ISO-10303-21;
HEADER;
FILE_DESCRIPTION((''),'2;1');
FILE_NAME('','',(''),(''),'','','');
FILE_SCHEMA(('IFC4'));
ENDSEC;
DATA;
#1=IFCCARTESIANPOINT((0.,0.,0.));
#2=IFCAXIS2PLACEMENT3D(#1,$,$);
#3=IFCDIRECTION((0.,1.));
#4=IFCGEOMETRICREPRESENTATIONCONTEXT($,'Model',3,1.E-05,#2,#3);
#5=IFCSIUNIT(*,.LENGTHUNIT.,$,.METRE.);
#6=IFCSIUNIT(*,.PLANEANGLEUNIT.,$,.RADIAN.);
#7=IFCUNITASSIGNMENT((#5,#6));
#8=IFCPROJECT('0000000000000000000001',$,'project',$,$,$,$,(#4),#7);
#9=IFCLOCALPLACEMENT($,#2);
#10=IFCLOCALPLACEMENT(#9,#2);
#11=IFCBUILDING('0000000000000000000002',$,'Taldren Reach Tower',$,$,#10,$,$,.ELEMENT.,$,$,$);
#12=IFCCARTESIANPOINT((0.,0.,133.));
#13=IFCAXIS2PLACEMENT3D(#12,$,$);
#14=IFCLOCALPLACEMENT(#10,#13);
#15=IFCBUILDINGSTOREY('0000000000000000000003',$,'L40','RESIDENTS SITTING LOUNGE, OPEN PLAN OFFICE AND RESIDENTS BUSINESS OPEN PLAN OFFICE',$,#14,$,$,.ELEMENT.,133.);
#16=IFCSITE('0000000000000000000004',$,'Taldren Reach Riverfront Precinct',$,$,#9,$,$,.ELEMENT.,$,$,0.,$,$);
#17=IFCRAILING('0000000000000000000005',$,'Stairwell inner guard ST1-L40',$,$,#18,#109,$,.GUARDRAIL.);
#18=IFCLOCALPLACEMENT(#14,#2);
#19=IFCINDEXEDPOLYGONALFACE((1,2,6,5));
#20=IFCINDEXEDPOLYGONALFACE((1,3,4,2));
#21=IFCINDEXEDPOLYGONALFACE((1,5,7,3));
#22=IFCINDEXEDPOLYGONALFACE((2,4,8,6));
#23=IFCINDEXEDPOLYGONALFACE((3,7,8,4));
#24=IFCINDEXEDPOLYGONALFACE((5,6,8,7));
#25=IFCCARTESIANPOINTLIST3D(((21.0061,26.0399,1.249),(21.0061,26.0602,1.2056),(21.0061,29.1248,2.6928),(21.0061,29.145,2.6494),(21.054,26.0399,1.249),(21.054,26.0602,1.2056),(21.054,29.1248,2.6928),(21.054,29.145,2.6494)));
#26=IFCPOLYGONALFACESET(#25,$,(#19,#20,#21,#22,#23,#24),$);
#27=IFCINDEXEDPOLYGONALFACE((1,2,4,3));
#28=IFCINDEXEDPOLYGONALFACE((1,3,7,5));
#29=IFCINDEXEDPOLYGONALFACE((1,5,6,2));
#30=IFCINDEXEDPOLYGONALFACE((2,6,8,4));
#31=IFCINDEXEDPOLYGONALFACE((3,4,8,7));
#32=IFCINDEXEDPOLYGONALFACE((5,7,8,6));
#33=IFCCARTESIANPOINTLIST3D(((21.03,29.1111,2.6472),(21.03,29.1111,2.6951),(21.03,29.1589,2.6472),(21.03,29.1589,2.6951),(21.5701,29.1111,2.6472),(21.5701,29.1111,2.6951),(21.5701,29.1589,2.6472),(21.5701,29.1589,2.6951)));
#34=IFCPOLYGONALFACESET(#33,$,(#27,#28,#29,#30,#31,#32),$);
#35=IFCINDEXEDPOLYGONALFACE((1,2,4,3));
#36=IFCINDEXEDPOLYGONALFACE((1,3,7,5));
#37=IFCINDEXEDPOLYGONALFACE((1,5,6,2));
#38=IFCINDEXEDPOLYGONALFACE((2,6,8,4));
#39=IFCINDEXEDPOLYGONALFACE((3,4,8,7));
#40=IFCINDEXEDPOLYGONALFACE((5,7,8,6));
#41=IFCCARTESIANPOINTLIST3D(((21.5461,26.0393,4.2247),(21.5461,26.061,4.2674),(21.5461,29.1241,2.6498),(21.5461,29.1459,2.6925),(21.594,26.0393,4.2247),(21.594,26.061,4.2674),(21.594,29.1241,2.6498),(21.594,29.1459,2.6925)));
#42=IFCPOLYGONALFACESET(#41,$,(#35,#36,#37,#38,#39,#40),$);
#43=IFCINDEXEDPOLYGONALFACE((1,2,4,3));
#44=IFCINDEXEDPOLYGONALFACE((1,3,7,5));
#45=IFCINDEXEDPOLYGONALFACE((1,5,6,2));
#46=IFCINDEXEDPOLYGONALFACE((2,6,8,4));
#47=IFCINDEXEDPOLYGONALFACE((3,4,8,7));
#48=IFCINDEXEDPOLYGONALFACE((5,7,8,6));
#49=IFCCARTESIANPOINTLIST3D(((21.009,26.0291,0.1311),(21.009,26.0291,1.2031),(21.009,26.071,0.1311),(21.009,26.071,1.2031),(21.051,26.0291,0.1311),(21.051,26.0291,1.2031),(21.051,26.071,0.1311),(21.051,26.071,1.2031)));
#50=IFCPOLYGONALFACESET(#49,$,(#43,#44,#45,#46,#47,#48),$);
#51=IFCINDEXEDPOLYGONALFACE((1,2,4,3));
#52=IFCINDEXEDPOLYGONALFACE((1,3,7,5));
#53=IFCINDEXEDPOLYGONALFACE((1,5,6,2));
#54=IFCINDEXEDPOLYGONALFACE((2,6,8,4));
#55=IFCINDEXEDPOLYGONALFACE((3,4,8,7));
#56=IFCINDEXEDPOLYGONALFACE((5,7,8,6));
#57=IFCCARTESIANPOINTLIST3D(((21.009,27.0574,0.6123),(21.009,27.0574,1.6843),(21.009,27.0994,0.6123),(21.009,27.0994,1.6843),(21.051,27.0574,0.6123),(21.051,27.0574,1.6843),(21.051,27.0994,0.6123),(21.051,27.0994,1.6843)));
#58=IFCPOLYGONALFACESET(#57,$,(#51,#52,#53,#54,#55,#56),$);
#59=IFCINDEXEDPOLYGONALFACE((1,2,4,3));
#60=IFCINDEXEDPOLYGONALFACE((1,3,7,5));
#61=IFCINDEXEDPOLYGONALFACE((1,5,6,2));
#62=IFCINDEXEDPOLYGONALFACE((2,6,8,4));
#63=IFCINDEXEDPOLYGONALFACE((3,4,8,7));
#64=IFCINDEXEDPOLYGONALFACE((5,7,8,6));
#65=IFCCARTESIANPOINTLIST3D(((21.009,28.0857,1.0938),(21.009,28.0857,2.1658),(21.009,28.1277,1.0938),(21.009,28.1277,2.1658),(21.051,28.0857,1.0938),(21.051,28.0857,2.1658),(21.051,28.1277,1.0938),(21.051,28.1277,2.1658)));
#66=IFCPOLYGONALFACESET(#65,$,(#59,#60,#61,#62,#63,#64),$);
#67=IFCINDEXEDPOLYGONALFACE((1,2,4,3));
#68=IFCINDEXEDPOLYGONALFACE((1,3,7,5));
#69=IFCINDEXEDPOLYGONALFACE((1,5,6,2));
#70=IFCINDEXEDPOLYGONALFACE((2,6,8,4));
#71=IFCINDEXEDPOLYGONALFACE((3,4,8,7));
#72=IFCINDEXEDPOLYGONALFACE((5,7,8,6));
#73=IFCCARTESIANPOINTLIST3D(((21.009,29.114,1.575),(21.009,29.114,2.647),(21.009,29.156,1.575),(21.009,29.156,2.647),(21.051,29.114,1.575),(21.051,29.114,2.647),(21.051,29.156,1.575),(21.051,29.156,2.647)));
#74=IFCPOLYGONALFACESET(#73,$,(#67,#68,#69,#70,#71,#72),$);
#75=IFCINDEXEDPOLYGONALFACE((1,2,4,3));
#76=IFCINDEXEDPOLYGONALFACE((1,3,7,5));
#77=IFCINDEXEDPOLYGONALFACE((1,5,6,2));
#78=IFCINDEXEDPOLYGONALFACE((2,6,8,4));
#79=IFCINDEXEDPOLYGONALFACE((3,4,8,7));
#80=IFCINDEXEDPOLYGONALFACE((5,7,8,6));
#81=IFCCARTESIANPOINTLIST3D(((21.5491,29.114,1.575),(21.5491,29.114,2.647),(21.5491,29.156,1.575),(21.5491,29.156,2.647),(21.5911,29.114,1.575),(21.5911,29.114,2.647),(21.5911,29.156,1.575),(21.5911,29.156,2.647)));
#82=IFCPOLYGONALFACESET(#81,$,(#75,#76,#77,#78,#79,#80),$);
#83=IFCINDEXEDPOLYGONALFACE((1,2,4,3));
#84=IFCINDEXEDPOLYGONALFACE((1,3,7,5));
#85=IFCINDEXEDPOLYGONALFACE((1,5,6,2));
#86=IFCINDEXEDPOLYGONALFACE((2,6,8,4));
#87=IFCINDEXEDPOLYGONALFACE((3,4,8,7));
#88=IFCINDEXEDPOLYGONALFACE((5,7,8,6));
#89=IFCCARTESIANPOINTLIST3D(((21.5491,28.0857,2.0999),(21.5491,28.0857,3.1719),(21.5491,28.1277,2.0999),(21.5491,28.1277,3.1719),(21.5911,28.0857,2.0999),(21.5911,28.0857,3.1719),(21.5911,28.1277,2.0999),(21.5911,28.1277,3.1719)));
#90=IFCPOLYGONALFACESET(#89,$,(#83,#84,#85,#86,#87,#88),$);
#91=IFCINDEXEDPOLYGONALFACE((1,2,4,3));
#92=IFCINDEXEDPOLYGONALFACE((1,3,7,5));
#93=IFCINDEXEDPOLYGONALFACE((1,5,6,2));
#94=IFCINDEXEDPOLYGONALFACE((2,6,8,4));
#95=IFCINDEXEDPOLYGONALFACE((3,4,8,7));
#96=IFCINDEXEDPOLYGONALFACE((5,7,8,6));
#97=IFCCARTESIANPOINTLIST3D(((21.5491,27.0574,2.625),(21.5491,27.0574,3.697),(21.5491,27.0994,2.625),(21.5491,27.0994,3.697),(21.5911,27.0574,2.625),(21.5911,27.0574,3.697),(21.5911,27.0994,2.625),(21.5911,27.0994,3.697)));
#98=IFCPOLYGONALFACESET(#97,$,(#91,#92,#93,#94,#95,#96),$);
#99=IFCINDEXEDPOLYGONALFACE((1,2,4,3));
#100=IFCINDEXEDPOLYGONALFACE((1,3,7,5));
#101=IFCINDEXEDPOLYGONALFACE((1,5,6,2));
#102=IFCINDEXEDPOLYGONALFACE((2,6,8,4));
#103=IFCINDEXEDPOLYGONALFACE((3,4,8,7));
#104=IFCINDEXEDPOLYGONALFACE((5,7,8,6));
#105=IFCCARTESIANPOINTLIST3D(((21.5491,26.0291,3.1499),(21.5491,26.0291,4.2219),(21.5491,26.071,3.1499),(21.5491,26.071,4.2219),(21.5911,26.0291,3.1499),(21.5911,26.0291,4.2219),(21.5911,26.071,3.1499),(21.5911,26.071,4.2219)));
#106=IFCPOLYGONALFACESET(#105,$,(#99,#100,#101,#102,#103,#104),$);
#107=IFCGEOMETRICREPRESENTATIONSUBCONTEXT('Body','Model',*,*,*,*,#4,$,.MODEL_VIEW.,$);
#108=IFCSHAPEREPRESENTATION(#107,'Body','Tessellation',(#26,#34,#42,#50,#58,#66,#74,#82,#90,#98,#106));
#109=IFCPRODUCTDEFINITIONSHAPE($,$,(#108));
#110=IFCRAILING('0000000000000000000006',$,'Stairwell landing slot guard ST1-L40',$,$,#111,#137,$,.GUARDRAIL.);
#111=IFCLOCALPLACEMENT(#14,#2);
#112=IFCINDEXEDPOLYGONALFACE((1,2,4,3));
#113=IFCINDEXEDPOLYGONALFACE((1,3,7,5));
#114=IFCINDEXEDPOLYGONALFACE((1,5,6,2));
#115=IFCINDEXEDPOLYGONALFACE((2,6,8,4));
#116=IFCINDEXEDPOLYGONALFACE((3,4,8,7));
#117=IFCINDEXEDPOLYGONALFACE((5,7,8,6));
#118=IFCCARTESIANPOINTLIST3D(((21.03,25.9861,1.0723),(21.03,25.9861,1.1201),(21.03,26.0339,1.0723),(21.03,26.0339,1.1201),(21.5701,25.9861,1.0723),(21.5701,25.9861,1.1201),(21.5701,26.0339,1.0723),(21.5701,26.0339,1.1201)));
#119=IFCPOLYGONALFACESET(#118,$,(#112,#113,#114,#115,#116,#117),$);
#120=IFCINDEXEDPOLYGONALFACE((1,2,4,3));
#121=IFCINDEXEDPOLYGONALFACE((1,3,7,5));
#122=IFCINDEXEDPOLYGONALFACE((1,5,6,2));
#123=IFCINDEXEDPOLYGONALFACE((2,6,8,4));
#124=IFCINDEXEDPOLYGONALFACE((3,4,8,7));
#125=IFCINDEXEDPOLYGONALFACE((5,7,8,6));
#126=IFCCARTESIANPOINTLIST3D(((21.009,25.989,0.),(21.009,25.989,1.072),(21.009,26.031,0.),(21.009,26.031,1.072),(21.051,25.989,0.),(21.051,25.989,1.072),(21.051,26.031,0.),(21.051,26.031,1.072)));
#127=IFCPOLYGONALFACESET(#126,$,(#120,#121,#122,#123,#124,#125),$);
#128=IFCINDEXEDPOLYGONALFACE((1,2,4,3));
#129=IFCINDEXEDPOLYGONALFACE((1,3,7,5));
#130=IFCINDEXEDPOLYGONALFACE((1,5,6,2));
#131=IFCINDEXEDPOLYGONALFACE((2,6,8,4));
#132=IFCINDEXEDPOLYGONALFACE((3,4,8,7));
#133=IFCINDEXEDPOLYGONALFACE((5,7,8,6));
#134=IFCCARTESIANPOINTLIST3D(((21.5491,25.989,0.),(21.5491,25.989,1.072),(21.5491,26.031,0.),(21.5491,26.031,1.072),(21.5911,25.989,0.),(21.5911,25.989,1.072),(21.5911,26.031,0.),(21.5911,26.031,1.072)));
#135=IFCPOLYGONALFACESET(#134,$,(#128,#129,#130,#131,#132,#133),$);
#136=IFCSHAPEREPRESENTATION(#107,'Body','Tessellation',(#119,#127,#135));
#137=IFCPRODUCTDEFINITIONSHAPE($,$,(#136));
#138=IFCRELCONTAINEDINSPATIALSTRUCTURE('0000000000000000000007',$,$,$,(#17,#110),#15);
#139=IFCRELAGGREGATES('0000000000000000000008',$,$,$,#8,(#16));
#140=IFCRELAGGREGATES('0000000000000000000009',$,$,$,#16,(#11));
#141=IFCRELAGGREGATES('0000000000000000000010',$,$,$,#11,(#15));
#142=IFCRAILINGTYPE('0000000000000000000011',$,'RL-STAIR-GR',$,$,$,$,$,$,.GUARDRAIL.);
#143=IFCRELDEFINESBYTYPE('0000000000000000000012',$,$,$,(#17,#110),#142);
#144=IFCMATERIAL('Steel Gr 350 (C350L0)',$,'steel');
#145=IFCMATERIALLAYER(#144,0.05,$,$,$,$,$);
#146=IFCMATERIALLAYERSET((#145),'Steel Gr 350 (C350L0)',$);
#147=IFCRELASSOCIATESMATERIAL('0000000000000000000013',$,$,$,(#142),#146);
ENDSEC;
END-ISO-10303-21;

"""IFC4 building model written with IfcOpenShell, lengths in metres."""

from ifc_helpers import new_model, si_unit, direction, frame, origin, origin_2d, place, context, subcontext, project, spatial, rectangle, extrude, material, layer, layer_set, type_object, element, save


model = new_model("IFC4")

# Units and contexts
model_context = context("Model", 3, precision=1e-05, world=origin(), true_north=direction((0.0, 1.0)))
body_context = subcontext(model_context, "Body", "Model", "MODEL_VIEW")
ifc_project = project(units=[si_unit("LENGTHUNIT", "METRE"), si_unit("PLANEANGLEUNIT", "RADIAN")], contexts=[model_context])

# Site, building, storey
site_placement = place(None, origin())
site = spatial("IfcSite", under=ifc_project, at=site_placement, Name="Taldren Reach Riverfront Precinct", CompositionType="ELEMENT", RefElevation=0.0)
building_placement = place(site_placement, origin())
building = spatial("IfcBuilding", under=site, at=building_placement, Name="Taldren Reach Tower", CompositionType="ELEMENT")
storey_placement = place(building_placement, frame((0.0, 0.0, 133.0)))
storey = spatial("IfcBuildingStorey", under=building, at=storey_placement, Name="L40", Description="RESIDENTS SITTING LOUNGE, OPEN PLAN OFFICE AND RESIDENTS BUSINESS OPEN PLAN OFFICE", CompositionType="ELEMENT", Elevation=133.0)

# Shared definitions
ifc_material_1 = material(Name="Steel Gr 350 (C350L0)", Category="steel")

# Railings
ifc_layer_1 = layer(ifc_material_1, 0.05)
ifc_layer_set_1 = layer_set([ifc_layer_1], Name="Steel Gr 350 (C350L0)")
railing_type_1 = type_object("IfcRailingType", Name="RL-STAIR-GR", PredefinedType="GUARDRAIL", material=ifc_layer_set_1)
railing_1_placement = place(storey_placement, frame((21.03, 26.05, 0.1311)))
element("IfcRailing", 1, at=railing_1_placement, inside=storey, type_object=railing_type_1, Name="Stairwell inner guard ST1-L40", PredefinedType="GUARDRAIL", context=body_context, shape_type="SweptSolid", body=[
    extrude(rectangle(XDim=0.0479, YDim=0.0479, at=origin_2d()), frame((0.0, 0.0, 1.0962), z_axis=(0.0, 0.90571, 0.423898), x_axis=(-1.0, 0.0, 0.0)), (0.0, 0.0, 1.0), 3.406),
    extrude(rectangle(XDim=0.0479, YDim=0.0479, at=origin_2d()), frame((0.0, 3.085, 2.54), z_axis=(1.0, 0.0, 0.0), x_axis=(0.0, 1.0, 0.0)), (0.0, 0.0, 1.0), 0.54),
    extrude(rectangle(XDim=0.0479, YDim=0.0479, at=origin_2d()), frame((0.54, 3.085, 2.54), z_axis=(0.0, -0.890646, 0.454697), x_axis=(1.0, 0.0, 0.0)), (0.0, 0.0, 1.0), 3.4636),
    extrude(rectangle(XDim=0.042, YDim=0.042, at=origin_2d()), origin(), (0.0, 0.0, 1.0), 1.072),
    extrude(rectangle(XDim=0.042, YDim=0.042, at=origin_2d()), frame((0.0, 1.0283, 0.4812)), (0.0, 0.0, 1.0), 1.072),
    extrude(rectangle(XDim=0.042, YDim=0.042, at=origin_2d()), frame((0.0, 2.0566, 0.9626)), (0.0, 0.0, 1.0), 1.072),
    extrude(rectangle(XDim=0.042, YDim=0.042, at=origin_2d()), frame((0.0, 3.085, 1.4438)), (0.0, 0.0, 1.0), 1.072),
    extrude(rectangle(XDim=0.042, YDim=0.042, at=origin_2d()), frame((0.54, 3.085, 1.4438)), (0.0, 0.0, 1.0), 1.072),
    extrude(rectangle(XDim=0.042, YDim=0.042, at=origin_2d()), frame((0.54, 2.0566, 1.9688)), (0.0, 0.0, 1.0), 1.072),
    extrude(rectangle(XDim=0.042, YDim=0.042, at=origin_2d()), frame((0.54, 1.0283, 2.4939)), (0.0, 0.0, 1.0), 1.072),
    extrude(rectangle(XDim=0.042, YDim=0.042, at=origin_2d()), frame((0.54, 0.0, 3.0188)), (0.0, 0.0, 1.0), 1.072),
])
railing_2_placement = place(storey_placement, frame((21.03, 26.01, 0.0)))
element("IfcRailing", 2, at=railing_2_placement, inside=storey, type_object=railing_type_1, Name="Stairwell landing slot guard ST1-L40", PredefinedType="GUARDRAIL", context=body_context, shape_type="SweptSolid", body=[
    extrude(rectangle(XDim=0.0479, YDim=0.0479, at=origin_2d()), frame((0.0, 0.0, 1.0962), z_axis=(1.0, 0.0, 0.0), x_axis=(0.0, 1.0, 0.0)), (0.0, 0.0, 1.0), 0.54),
    extrude(rectangle(XDim=0.042, YDim=0.042, at=origin_2d()), origin(), (0.0, 0.0, 1.0), 1.072),
    extrude(rectangle(XDim=0.042, YDim=0.042, at=origin_2d()), frame((0.54, 0.0, 0.0)), (0.0, 0.0, 1.0), 1.072),
])

save(model, "model.ifc")
